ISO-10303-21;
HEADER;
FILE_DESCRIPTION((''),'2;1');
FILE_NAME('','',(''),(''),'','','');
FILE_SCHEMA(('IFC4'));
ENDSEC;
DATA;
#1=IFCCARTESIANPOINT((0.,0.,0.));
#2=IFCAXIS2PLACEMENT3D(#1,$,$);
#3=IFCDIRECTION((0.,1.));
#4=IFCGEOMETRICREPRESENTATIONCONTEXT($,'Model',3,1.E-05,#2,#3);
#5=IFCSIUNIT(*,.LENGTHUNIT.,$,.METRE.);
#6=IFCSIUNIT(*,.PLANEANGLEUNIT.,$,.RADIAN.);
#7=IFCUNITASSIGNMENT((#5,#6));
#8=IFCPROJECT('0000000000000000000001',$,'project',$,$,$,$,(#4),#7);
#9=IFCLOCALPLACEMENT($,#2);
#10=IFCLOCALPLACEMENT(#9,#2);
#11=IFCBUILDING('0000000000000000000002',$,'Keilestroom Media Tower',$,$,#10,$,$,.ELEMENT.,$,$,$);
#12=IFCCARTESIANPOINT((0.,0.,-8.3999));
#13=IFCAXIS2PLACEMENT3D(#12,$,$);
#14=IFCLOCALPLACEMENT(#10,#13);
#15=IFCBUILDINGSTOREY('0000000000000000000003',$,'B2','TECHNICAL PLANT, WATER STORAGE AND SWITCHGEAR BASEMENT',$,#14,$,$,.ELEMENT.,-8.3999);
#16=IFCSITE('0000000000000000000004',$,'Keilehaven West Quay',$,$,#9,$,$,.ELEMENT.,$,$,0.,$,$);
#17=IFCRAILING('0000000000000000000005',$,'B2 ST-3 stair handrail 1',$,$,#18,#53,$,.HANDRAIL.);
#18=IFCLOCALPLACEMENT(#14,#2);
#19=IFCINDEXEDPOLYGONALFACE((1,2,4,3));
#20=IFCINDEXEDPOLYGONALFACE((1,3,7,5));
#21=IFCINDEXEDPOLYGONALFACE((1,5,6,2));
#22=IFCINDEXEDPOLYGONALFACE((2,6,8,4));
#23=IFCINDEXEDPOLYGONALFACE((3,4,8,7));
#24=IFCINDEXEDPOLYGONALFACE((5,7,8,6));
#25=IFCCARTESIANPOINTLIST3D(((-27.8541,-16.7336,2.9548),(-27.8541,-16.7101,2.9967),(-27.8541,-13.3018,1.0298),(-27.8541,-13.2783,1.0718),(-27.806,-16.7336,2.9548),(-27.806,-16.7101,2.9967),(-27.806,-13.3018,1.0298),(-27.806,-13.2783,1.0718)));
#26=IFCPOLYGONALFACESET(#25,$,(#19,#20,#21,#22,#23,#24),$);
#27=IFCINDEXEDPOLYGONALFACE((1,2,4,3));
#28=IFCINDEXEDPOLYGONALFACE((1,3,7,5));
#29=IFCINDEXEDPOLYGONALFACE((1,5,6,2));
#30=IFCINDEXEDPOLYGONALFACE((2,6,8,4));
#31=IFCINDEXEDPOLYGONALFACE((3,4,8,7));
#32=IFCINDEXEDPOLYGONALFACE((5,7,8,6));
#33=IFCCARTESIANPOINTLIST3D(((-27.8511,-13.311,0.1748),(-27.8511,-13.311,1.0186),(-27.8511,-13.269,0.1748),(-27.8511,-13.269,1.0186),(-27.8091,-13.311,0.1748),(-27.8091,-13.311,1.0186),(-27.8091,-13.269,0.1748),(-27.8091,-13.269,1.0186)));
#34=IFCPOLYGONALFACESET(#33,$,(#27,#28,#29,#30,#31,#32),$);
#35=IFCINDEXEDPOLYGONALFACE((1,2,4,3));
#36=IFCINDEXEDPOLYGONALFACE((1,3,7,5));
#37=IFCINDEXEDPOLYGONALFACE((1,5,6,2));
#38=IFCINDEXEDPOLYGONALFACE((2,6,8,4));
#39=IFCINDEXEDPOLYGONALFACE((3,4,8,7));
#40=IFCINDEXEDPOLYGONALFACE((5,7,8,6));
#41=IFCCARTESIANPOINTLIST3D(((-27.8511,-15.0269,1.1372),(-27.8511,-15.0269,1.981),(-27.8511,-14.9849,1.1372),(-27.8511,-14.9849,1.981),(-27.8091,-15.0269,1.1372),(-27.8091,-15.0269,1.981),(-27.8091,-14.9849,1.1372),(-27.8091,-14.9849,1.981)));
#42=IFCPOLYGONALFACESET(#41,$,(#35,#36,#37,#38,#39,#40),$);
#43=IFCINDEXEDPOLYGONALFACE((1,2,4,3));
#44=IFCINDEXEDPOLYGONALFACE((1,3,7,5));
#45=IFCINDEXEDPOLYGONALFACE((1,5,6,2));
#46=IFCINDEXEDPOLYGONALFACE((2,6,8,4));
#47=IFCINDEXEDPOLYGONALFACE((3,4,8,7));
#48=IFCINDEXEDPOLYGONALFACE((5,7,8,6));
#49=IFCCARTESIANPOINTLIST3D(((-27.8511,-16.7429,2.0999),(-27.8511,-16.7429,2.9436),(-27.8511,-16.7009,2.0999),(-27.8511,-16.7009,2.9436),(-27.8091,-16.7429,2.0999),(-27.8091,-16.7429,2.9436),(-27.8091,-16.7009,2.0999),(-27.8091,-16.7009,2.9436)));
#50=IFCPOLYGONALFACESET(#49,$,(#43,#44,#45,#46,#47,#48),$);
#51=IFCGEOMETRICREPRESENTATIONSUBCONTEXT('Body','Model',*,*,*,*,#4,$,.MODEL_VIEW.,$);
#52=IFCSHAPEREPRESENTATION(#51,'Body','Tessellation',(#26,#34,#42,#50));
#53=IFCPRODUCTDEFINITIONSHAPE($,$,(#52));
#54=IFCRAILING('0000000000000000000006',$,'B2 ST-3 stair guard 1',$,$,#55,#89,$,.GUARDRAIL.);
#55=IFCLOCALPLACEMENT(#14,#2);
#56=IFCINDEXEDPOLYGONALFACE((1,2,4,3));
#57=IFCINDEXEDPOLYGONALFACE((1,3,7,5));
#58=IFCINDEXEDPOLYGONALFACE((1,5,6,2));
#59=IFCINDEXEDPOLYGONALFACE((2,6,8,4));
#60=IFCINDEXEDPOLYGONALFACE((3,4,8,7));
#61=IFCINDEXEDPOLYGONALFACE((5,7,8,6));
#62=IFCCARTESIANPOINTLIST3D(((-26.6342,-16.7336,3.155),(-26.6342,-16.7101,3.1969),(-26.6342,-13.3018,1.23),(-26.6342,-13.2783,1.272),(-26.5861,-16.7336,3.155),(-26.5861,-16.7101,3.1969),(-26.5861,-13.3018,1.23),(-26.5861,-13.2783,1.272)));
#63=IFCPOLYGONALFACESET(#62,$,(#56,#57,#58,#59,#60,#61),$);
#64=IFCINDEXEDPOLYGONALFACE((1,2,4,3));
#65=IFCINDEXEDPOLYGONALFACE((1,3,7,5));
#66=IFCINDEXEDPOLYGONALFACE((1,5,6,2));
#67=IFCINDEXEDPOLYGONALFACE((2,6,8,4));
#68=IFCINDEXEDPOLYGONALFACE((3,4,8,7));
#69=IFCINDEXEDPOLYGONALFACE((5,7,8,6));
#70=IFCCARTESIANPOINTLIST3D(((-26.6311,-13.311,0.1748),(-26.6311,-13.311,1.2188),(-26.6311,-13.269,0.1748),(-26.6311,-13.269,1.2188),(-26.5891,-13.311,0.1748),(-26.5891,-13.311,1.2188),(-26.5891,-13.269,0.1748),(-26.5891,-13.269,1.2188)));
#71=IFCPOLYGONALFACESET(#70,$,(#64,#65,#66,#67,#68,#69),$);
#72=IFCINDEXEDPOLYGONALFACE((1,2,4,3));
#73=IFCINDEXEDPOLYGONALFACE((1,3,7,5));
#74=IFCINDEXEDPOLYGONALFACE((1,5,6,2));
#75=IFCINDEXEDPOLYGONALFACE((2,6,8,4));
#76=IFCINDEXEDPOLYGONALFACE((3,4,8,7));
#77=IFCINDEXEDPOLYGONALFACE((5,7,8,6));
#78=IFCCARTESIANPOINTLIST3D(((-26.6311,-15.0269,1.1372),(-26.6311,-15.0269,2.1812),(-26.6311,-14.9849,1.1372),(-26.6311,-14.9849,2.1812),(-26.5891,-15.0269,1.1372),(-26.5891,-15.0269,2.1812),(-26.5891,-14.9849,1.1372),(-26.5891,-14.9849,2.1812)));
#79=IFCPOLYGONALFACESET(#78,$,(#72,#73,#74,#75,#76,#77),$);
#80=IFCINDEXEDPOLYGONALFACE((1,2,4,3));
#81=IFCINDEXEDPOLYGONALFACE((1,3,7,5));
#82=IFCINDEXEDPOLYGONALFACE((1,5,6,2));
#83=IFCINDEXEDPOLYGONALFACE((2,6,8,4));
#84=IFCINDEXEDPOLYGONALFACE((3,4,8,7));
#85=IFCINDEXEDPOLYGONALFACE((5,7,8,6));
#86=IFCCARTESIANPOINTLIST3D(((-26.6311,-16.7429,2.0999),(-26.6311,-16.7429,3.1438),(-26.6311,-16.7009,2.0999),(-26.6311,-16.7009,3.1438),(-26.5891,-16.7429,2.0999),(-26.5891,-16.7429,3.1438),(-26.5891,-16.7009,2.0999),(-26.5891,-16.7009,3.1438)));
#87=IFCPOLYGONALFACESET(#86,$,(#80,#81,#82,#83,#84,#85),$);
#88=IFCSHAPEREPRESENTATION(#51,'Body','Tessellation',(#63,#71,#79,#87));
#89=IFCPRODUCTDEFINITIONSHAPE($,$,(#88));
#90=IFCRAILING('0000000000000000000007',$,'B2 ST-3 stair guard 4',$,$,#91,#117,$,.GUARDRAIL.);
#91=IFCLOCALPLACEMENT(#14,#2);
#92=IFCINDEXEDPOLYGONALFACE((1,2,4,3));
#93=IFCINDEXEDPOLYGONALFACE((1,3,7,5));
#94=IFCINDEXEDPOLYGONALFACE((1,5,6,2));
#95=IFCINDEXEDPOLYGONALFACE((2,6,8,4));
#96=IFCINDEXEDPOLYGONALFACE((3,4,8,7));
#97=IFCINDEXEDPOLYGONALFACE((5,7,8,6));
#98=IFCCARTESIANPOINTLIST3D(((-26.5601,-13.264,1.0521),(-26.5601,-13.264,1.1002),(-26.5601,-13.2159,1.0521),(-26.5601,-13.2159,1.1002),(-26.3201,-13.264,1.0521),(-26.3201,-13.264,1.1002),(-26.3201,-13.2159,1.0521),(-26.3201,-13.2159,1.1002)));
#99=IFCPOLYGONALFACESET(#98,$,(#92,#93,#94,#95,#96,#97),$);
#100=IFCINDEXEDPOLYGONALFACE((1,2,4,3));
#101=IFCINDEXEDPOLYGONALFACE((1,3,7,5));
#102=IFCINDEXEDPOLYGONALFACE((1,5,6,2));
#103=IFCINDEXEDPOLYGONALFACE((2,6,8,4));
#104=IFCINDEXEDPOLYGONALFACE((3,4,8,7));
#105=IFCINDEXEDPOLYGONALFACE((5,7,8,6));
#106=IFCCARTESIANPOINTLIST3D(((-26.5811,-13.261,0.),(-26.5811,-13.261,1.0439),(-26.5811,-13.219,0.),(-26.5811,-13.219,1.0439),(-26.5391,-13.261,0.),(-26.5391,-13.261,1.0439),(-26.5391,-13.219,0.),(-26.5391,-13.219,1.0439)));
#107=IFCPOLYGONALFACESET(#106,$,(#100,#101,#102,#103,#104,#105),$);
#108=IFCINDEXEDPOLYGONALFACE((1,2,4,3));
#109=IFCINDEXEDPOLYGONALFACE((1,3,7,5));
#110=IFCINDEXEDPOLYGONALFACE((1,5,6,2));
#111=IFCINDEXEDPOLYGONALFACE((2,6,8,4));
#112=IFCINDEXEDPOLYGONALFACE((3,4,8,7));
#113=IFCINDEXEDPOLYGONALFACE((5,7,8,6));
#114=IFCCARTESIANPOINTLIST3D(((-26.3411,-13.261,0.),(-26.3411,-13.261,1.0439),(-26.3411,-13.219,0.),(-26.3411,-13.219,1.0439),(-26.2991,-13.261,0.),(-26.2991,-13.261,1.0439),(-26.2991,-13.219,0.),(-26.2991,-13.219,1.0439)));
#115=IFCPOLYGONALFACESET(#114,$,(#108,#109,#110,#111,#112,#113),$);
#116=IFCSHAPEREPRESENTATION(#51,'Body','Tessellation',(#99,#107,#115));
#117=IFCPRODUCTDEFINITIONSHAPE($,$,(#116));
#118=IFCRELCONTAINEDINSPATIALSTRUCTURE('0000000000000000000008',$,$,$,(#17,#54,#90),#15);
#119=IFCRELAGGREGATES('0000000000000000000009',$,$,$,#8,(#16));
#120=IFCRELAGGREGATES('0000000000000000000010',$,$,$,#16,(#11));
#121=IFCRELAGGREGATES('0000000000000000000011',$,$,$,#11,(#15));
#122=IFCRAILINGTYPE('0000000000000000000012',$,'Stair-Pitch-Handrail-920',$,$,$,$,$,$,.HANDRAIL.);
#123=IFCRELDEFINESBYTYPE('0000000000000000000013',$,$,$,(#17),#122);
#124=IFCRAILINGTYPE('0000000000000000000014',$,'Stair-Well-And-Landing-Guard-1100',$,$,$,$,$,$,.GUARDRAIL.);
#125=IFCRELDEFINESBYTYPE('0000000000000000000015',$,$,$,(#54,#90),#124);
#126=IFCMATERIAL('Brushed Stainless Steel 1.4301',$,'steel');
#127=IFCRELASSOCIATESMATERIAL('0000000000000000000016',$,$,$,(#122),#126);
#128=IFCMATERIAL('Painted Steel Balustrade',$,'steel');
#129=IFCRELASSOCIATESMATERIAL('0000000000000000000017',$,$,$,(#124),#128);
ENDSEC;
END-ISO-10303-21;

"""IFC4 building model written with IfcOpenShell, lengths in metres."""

from ifc_helpers import new_model, si_unit, direction, frame, origin, origin_2d, place, context, subcontext, project, spatial, rectangle, extrude, material, type_object, element, save


model = new_model("IFC4")

# Units and contexts
model_context = context("Model", 3, precision=1e-05, world=origin(), true_north=direction((0.0, 1.0)))
body_context = subcontext(model_context, "Body", "Model", "MODEL_VIEW")
ifc_project = project(units=[si_unit("LENGTHUNIT", "METRE"), si_unit("PLANEANGLEUNIT", "RADIAN")], contexts=[model_context])

# Site, building, storey
site_placement = place(None, origin())
site = spatial("IfcSite", under=ifc_project, at=site_placement, Name="Keilehaven West Quay", CompositionType="ELEMENT", RefElevation=0.0)
building_placement = place(site_placement, origin())
building = spatial("IfcBuilding", under=site, at=building_placement, Name="Keilestroom Media Tower", CompositionType="ELEMENT")
storey_placement = place(building_placement, frame((0.0, 0.0, -8.3999)))
storey = spatial("IfcBuildingStorey", under=building, at=storey_placement, Name="B2", Description="TECHNICAL PLANT, WATER STORAGE AND SWITCHGEAR BASEMENT", CompositionType="ELEMENT", Elevation=-8.3999)

# Railings
ifc_material_1 = material(Name="Brushed Stainless Steel 1.4301", Category="steel")
railing_type_1 = type_object("IfcRailingType", Name="Stair-Pitch-Handrail-920", PredefinedType="HANDRAIL", material=ifc_material_1)
railing_1_placement = place(storey_placement, frame((-27.8301, -13.29, 0.1748)))
element("IfcRailing", 1, at=railing_1_placement, inside=storey, type_object=railing_type_1, Name="B2 ST-3 stair handrail 1", PredefinedType="HANDRAIL", context=body_context, shape_type="SweptSolid", body=[
    extrude(rectangle(XDim=0.0481, YDim=0.0481, at=origin_2d()), frame((0.0, 0.0, 0.876), z_axis=(0.0, -0.87216, 0.489221), x_axis=(1.0, 0.0, 0.0)), (0.0, 0.0, 1.0), 3.9348),
    extrude(rectangle(XDim=0.042, YDim=0.042, at=origin_2d()), origin(), (0.0, 0.0, 1.0), 0.8438),
    extrude(rectangle(XDim=0.042, YDim=0.042, at=origin_2d()), frame((0.0, -1.7158, 0.9624)), (0.0, 0.0, 1.0), 0.8438),
    extrude(rectangle(XDim=0.042, YDim=0.042, at=origin_2d()), frame((0.0, -3.4319, 1.925)), (0.0, 0.0, 1.0), 0.8438),
])
ifc_material_2 = material(Name="Painted Steel Balustrade", Category="steel")
railing_type_2 = type_object("IfcRailingType", Name="Stair-Well-And-Landing-Guard-1100", PredefinedType="GUARDRAIL", material=ifc_material_2)
railing_2_placement = place(storey_placement, frame((-26.6101, -13.29, 0.1748)))
element("IfcRailing", 2, at=railing_2_placement, inside=storey, type_object=railing_type_2, Name="B2 ST-3 stair guard 1", PredefinedType="GUARDRAIL", context=body_context, shape_type="SweptSolid", body=[
    extrude(rectangle(XDim=0.0481, YDim=0.0481, at=origin_2d()), frame((0.0, 0.0, 1.0762), z_axis=(0.0, -0.87216, 0.489221), x_axis=(1.0, 0.0, 0.0)), (0.0, 0.0, 1.0), 3.9348),
    extrude(rectangle(XDim=0.042, YDim=0.042, at=origin_2d()), origin(), (0.0, 0.0, 1.0), 1.0439),
    extrude(rectangle(XDim=0.042, YDim=0.042, at=origin_2d()), frame((0.0, -1.7158, 0.9624)), (0.0, 0.0, 1.0), 1.0439),
    extrude(rectangle(XDim=0.042, YDim=0.042, at=origin_2d()), frame((0.0, -3.4319, 1.925)), (0.0, 0.0, 1.0), 1.0439),
])
railing_3_placement = place(storey_placement, frame((-26.5601, -13.24, 0.0)))
element("IfcRailing", 3, at=railing_3_placement, inside=storey, type_object=railing_type_2, Name="B2 ST-3 stair guard 4", PredefinedType="GUARDRAIL", context=body_context, shape_type="SweptSolid", body=[
    extrude(rectangle(XDim=0.0481, YDim=0.0481, at=origin_2d()), frame((0.0, 0.0, 1.0762), z_axis=(1.0, 0.0, 0.0), x_axis=(0.0, 1.0, 0.0)), (0.0, 0.0, 1.0), 0.24),
    extrude(rectangle(XDim=0.042, YDim=0.042, at=origin_2d()), origin(), (0.0, 0.0, 1.0), 1.0439),
    extrude(rectangle(XDim=0.042, YDim=0.042, at=origin_2d()), frame((0.24, 0.0, 0.0)), (0.0, 0.0, 1.0), 1.0439),
])

save(model, "model.ifc")
